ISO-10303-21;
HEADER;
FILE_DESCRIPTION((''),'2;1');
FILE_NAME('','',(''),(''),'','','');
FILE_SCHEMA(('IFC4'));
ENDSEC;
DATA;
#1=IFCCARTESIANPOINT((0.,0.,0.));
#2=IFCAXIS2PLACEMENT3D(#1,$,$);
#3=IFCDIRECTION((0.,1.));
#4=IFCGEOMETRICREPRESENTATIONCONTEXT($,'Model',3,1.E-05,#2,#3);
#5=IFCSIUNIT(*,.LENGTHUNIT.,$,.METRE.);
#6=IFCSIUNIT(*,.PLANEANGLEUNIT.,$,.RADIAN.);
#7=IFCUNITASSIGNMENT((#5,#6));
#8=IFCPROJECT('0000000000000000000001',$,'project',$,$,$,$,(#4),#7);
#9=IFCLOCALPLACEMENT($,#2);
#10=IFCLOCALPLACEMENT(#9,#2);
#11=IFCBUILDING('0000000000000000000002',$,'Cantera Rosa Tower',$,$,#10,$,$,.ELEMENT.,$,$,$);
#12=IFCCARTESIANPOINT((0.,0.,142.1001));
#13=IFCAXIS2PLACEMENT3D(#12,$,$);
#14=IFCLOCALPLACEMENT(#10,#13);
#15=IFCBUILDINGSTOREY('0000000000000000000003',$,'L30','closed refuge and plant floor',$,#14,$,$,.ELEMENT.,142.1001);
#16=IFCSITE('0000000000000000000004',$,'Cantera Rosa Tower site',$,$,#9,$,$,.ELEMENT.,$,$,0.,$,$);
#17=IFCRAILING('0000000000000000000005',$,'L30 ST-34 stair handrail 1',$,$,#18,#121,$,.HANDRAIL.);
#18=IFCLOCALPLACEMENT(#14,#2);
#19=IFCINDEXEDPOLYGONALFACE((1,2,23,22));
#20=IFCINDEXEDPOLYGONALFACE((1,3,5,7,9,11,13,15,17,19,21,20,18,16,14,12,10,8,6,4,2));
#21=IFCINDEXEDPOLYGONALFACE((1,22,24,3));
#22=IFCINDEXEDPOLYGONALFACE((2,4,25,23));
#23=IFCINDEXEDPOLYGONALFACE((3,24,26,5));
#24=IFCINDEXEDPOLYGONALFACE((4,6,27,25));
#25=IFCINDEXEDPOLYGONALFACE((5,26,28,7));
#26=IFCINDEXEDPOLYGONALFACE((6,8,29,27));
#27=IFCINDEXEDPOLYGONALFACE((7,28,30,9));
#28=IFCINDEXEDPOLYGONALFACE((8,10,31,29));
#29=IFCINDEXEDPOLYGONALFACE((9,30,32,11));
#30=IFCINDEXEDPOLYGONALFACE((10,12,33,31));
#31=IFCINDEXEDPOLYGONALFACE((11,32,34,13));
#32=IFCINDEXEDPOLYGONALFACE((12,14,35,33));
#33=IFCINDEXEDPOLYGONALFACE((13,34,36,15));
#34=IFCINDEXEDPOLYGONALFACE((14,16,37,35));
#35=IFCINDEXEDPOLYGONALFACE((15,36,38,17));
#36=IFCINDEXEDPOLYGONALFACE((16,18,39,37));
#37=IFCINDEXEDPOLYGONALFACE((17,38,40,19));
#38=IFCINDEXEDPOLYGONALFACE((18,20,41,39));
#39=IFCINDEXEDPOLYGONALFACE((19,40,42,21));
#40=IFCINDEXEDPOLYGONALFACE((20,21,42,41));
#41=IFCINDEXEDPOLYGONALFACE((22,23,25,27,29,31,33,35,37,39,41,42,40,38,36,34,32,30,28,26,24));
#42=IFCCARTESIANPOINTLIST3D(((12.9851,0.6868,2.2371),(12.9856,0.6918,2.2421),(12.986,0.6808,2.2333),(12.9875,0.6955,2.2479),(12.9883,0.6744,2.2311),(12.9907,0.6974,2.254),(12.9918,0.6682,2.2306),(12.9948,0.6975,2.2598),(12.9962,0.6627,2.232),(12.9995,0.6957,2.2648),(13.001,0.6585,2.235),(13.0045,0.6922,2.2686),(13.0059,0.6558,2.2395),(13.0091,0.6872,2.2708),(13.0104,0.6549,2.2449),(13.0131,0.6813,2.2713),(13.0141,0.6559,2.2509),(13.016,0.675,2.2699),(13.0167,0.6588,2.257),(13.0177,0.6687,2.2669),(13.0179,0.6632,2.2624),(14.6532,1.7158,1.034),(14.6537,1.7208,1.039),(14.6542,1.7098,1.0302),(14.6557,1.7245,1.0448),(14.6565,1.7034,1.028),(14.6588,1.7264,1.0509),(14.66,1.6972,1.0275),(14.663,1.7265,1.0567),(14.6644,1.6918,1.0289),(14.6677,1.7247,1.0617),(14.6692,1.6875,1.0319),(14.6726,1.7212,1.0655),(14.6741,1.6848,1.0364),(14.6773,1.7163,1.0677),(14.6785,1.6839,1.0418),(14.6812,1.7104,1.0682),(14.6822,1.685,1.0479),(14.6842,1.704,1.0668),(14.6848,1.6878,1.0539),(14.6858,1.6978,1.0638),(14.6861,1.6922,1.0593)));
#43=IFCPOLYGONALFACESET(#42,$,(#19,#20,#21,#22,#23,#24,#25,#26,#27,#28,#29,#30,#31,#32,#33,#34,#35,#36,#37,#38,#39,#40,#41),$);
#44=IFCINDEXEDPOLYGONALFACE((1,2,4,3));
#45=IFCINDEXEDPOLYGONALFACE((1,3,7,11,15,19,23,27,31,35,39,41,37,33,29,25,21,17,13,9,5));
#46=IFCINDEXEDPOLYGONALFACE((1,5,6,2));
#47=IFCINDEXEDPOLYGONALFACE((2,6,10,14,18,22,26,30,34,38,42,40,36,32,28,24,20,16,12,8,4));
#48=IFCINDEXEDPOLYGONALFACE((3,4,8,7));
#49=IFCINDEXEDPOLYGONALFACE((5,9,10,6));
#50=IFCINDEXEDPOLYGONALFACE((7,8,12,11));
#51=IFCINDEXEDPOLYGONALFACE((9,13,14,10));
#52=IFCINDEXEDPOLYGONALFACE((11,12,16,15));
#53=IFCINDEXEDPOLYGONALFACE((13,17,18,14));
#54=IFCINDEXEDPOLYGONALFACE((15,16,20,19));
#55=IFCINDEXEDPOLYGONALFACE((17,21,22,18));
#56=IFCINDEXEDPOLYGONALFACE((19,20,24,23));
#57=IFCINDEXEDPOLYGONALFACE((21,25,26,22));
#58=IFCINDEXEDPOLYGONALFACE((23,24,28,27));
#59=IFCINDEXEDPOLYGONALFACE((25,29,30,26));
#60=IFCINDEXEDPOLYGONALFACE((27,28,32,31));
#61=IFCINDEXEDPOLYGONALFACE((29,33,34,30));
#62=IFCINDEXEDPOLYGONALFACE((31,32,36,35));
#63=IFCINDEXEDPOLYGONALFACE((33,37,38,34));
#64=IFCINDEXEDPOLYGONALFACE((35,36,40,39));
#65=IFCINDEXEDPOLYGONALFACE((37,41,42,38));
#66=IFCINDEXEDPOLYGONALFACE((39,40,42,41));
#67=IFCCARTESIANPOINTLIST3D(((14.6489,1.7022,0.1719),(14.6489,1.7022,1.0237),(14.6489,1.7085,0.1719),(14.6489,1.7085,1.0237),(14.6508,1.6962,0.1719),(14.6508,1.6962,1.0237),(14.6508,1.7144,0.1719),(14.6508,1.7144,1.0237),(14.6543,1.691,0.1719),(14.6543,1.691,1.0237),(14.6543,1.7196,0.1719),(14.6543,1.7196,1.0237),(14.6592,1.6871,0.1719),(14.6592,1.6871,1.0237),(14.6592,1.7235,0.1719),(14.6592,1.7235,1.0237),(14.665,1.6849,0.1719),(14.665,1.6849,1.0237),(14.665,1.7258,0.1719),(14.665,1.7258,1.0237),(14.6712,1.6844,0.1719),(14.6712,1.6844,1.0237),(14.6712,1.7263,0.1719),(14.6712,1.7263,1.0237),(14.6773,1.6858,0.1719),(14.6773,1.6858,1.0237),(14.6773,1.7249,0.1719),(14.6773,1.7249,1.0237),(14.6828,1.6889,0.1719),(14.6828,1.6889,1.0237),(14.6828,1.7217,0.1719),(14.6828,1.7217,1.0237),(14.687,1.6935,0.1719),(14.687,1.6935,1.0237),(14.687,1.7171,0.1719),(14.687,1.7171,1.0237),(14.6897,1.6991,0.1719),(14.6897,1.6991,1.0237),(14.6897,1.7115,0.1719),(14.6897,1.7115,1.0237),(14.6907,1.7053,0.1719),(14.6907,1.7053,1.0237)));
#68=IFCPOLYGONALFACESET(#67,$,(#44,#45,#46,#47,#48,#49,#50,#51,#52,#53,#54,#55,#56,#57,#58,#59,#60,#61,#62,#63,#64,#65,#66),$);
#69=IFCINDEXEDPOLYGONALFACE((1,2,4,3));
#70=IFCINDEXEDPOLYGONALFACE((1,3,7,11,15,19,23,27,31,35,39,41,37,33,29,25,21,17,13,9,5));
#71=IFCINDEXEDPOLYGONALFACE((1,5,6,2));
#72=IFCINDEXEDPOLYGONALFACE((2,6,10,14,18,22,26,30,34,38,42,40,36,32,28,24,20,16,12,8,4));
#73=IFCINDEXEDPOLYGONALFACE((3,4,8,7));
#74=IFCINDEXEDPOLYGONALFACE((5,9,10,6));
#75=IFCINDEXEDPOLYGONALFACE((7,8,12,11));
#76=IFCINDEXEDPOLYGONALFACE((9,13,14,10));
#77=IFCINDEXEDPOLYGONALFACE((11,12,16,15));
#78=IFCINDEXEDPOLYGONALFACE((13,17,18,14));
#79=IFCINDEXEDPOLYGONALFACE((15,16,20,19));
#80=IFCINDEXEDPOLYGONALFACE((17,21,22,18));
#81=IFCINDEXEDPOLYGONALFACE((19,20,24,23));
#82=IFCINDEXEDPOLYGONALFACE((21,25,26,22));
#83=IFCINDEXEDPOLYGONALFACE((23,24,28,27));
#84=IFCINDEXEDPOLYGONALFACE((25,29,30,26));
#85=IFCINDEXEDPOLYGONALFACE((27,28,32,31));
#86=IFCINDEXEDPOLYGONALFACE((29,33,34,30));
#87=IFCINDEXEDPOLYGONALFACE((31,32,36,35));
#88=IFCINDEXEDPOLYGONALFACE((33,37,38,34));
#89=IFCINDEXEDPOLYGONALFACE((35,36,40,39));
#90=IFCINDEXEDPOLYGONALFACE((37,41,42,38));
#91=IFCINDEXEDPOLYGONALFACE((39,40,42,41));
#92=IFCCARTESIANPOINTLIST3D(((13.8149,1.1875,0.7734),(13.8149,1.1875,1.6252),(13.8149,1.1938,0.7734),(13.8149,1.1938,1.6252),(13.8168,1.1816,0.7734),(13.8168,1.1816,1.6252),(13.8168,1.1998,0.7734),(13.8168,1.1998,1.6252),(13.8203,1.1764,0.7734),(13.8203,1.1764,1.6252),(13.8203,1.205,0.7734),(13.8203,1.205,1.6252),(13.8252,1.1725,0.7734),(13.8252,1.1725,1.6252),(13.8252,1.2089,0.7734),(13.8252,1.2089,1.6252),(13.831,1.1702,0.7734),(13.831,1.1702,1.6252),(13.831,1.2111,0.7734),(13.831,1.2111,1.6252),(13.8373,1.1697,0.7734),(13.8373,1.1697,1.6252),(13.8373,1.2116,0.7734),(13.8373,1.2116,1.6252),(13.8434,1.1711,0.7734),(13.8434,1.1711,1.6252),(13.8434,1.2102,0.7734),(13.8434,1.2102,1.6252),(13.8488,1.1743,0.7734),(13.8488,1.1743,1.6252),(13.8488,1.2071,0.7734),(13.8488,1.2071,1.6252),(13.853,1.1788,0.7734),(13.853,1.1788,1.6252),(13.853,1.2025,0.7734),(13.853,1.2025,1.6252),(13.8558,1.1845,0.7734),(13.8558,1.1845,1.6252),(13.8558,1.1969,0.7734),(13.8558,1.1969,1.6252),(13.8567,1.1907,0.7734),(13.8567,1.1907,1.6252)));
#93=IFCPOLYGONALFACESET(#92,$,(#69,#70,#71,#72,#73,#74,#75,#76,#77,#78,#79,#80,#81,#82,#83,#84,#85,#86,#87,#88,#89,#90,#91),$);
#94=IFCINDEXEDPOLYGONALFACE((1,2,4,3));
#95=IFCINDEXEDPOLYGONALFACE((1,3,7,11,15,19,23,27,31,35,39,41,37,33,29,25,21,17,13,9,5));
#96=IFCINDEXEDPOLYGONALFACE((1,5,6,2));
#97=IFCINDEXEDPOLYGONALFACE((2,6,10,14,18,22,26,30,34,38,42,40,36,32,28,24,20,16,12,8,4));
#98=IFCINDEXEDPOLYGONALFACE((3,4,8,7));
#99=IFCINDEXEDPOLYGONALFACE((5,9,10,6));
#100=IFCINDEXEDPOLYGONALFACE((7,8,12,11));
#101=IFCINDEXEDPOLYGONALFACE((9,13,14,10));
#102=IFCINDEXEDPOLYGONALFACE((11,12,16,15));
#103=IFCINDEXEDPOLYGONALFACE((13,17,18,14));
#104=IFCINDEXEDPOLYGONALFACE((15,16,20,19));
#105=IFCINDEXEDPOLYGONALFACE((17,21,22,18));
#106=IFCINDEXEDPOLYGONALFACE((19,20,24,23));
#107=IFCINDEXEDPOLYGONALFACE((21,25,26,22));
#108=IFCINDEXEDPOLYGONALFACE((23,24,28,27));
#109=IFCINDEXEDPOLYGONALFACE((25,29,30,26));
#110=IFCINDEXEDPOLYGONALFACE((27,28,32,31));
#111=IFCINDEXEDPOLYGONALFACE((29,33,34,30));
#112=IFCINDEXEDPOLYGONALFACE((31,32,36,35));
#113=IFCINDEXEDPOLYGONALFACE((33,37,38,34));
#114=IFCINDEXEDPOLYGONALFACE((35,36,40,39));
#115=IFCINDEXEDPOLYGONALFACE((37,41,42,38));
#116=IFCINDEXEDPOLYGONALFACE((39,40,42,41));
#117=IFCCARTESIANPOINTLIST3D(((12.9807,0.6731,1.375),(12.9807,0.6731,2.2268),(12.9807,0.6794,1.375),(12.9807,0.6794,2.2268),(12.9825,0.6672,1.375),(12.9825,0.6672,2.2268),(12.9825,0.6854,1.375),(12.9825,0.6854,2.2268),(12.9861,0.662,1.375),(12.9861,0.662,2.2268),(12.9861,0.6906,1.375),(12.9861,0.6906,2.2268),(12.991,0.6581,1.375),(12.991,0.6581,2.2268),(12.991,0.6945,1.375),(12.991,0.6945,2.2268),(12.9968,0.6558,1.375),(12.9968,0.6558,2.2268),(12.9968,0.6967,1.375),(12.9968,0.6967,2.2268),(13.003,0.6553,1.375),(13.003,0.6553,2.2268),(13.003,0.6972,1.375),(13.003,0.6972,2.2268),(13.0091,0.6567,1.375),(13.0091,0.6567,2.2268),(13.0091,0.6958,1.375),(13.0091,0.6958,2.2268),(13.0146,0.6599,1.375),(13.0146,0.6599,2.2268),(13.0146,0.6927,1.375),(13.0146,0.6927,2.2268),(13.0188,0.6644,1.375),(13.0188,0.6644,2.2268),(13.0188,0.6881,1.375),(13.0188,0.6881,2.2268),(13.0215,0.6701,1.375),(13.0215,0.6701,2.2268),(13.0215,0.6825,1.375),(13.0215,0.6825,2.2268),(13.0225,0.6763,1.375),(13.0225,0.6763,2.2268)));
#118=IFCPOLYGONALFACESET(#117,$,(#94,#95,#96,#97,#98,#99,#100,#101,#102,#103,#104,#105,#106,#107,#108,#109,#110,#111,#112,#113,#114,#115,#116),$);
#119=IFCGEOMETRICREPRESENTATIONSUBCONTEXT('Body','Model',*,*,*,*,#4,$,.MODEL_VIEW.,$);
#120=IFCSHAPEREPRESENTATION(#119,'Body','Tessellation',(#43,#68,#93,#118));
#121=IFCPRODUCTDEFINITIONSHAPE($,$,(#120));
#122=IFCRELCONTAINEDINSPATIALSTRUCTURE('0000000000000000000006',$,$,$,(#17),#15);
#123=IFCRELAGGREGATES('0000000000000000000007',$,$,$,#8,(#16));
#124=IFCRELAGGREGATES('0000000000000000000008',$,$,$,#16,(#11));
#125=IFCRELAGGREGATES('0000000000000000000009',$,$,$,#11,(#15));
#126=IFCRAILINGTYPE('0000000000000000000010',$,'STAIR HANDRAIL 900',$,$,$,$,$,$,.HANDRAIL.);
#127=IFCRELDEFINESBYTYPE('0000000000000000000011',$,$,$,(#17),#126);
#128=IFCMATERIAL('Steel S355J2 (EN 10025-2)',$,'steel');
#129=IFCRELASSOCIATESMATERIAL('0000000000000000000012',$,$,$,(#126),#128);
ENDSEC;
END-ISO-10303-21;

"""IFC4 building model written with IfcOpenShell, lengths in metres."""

from ifc_helpers import new_model, si_unit, direction, frame, origin, origin_2d, place, context, subcontext, project, spatial, circle, extrude, material, type_object, element, save


model = new_model("IFC4")

# Units and contexts
model_context = context("Model", 3, precision=1e-05, world=origin(), true_north=direction((0.0, 1.0)))
body_context = subcontext(model_context, "Body", "Model", "MODEL_VIEW")
ifc_project = project(units=[si_unit("LENGTHUNIT", "METRE"), si_unit("PLANEANGLEUNIT", "RADIAN")], contexts=[model_context])

# Site, building, storey
site_placement = place(None, origin())
site = spatial("IfcSite", under=ifc_project, at=site_placement, Name="Cantera Rosa Tower site", CompositionType="ELEMENT", RefElevation=0.0)
building_placement = place(site_placement, origin())
building = spatial("IfcBuilding", under=site, at=building_placement, Name="Cantera Rosa Tower", CompositionType="ELEMENT")
storey_placement = place(building_placement, frame((0.0, 0.0, 142.1001)))
storey = spatial("IfcBuildingStorey", under=building, at=storey_placement, Name="L30", Description="closed refuge and plant floor", CompositionType="ELEMENT", Elevation=142.1001)

# Railing
ifc_material_1 = material(Name="Steel S355J2 (EN 10025-2)", Category="steel")
railing_type_1 = type_object("IfcRailingType", Name="STAIR HANDRAIL 900", PredefinedType="HANDRAIL", material=ifc_material_1)
for number, where, name in (
    (1, (14.6697, 1.7053, 0.1719), "L30 ST-34 stair handrail 1"),
):
    element("IfcRailing", number, at=place(storey_placement, frame(where)), inside=storey, type_object=railing_type_1, Name=name, PredefinedType="HANDRAIL", context=body_context, shape_type="SweptSolid", body=[
        extrude(circle(Radius=0.0239, at=origin_2d()), frame((0.0, 0.0, 0.876), z_axis=(-0.725352, -0.44744, 0.523128), x_axis=(0.525008, -0.851098, 0.0)), (0.0, 0.0, 1.0), 2.2998),
        extrude(circle(Radius=0.021, at=origin_2d()), origin(), (0.0, 0.0, 1.0), 0.8518),
        extrude(circle(Radius=0.021, at=origin_2d()), frame((-0.834, -0.5146, 0.6016)), (0.0, 0.0, 1.0), 0.8518),
        extrude(circle(Radius=0.021, at=origin_2d()), frame((-1.6682, -1.0291, 1.2031)), (0.0, 0.0, 1.0), 0.8518),
    ])

save(model, "model.ifc")
